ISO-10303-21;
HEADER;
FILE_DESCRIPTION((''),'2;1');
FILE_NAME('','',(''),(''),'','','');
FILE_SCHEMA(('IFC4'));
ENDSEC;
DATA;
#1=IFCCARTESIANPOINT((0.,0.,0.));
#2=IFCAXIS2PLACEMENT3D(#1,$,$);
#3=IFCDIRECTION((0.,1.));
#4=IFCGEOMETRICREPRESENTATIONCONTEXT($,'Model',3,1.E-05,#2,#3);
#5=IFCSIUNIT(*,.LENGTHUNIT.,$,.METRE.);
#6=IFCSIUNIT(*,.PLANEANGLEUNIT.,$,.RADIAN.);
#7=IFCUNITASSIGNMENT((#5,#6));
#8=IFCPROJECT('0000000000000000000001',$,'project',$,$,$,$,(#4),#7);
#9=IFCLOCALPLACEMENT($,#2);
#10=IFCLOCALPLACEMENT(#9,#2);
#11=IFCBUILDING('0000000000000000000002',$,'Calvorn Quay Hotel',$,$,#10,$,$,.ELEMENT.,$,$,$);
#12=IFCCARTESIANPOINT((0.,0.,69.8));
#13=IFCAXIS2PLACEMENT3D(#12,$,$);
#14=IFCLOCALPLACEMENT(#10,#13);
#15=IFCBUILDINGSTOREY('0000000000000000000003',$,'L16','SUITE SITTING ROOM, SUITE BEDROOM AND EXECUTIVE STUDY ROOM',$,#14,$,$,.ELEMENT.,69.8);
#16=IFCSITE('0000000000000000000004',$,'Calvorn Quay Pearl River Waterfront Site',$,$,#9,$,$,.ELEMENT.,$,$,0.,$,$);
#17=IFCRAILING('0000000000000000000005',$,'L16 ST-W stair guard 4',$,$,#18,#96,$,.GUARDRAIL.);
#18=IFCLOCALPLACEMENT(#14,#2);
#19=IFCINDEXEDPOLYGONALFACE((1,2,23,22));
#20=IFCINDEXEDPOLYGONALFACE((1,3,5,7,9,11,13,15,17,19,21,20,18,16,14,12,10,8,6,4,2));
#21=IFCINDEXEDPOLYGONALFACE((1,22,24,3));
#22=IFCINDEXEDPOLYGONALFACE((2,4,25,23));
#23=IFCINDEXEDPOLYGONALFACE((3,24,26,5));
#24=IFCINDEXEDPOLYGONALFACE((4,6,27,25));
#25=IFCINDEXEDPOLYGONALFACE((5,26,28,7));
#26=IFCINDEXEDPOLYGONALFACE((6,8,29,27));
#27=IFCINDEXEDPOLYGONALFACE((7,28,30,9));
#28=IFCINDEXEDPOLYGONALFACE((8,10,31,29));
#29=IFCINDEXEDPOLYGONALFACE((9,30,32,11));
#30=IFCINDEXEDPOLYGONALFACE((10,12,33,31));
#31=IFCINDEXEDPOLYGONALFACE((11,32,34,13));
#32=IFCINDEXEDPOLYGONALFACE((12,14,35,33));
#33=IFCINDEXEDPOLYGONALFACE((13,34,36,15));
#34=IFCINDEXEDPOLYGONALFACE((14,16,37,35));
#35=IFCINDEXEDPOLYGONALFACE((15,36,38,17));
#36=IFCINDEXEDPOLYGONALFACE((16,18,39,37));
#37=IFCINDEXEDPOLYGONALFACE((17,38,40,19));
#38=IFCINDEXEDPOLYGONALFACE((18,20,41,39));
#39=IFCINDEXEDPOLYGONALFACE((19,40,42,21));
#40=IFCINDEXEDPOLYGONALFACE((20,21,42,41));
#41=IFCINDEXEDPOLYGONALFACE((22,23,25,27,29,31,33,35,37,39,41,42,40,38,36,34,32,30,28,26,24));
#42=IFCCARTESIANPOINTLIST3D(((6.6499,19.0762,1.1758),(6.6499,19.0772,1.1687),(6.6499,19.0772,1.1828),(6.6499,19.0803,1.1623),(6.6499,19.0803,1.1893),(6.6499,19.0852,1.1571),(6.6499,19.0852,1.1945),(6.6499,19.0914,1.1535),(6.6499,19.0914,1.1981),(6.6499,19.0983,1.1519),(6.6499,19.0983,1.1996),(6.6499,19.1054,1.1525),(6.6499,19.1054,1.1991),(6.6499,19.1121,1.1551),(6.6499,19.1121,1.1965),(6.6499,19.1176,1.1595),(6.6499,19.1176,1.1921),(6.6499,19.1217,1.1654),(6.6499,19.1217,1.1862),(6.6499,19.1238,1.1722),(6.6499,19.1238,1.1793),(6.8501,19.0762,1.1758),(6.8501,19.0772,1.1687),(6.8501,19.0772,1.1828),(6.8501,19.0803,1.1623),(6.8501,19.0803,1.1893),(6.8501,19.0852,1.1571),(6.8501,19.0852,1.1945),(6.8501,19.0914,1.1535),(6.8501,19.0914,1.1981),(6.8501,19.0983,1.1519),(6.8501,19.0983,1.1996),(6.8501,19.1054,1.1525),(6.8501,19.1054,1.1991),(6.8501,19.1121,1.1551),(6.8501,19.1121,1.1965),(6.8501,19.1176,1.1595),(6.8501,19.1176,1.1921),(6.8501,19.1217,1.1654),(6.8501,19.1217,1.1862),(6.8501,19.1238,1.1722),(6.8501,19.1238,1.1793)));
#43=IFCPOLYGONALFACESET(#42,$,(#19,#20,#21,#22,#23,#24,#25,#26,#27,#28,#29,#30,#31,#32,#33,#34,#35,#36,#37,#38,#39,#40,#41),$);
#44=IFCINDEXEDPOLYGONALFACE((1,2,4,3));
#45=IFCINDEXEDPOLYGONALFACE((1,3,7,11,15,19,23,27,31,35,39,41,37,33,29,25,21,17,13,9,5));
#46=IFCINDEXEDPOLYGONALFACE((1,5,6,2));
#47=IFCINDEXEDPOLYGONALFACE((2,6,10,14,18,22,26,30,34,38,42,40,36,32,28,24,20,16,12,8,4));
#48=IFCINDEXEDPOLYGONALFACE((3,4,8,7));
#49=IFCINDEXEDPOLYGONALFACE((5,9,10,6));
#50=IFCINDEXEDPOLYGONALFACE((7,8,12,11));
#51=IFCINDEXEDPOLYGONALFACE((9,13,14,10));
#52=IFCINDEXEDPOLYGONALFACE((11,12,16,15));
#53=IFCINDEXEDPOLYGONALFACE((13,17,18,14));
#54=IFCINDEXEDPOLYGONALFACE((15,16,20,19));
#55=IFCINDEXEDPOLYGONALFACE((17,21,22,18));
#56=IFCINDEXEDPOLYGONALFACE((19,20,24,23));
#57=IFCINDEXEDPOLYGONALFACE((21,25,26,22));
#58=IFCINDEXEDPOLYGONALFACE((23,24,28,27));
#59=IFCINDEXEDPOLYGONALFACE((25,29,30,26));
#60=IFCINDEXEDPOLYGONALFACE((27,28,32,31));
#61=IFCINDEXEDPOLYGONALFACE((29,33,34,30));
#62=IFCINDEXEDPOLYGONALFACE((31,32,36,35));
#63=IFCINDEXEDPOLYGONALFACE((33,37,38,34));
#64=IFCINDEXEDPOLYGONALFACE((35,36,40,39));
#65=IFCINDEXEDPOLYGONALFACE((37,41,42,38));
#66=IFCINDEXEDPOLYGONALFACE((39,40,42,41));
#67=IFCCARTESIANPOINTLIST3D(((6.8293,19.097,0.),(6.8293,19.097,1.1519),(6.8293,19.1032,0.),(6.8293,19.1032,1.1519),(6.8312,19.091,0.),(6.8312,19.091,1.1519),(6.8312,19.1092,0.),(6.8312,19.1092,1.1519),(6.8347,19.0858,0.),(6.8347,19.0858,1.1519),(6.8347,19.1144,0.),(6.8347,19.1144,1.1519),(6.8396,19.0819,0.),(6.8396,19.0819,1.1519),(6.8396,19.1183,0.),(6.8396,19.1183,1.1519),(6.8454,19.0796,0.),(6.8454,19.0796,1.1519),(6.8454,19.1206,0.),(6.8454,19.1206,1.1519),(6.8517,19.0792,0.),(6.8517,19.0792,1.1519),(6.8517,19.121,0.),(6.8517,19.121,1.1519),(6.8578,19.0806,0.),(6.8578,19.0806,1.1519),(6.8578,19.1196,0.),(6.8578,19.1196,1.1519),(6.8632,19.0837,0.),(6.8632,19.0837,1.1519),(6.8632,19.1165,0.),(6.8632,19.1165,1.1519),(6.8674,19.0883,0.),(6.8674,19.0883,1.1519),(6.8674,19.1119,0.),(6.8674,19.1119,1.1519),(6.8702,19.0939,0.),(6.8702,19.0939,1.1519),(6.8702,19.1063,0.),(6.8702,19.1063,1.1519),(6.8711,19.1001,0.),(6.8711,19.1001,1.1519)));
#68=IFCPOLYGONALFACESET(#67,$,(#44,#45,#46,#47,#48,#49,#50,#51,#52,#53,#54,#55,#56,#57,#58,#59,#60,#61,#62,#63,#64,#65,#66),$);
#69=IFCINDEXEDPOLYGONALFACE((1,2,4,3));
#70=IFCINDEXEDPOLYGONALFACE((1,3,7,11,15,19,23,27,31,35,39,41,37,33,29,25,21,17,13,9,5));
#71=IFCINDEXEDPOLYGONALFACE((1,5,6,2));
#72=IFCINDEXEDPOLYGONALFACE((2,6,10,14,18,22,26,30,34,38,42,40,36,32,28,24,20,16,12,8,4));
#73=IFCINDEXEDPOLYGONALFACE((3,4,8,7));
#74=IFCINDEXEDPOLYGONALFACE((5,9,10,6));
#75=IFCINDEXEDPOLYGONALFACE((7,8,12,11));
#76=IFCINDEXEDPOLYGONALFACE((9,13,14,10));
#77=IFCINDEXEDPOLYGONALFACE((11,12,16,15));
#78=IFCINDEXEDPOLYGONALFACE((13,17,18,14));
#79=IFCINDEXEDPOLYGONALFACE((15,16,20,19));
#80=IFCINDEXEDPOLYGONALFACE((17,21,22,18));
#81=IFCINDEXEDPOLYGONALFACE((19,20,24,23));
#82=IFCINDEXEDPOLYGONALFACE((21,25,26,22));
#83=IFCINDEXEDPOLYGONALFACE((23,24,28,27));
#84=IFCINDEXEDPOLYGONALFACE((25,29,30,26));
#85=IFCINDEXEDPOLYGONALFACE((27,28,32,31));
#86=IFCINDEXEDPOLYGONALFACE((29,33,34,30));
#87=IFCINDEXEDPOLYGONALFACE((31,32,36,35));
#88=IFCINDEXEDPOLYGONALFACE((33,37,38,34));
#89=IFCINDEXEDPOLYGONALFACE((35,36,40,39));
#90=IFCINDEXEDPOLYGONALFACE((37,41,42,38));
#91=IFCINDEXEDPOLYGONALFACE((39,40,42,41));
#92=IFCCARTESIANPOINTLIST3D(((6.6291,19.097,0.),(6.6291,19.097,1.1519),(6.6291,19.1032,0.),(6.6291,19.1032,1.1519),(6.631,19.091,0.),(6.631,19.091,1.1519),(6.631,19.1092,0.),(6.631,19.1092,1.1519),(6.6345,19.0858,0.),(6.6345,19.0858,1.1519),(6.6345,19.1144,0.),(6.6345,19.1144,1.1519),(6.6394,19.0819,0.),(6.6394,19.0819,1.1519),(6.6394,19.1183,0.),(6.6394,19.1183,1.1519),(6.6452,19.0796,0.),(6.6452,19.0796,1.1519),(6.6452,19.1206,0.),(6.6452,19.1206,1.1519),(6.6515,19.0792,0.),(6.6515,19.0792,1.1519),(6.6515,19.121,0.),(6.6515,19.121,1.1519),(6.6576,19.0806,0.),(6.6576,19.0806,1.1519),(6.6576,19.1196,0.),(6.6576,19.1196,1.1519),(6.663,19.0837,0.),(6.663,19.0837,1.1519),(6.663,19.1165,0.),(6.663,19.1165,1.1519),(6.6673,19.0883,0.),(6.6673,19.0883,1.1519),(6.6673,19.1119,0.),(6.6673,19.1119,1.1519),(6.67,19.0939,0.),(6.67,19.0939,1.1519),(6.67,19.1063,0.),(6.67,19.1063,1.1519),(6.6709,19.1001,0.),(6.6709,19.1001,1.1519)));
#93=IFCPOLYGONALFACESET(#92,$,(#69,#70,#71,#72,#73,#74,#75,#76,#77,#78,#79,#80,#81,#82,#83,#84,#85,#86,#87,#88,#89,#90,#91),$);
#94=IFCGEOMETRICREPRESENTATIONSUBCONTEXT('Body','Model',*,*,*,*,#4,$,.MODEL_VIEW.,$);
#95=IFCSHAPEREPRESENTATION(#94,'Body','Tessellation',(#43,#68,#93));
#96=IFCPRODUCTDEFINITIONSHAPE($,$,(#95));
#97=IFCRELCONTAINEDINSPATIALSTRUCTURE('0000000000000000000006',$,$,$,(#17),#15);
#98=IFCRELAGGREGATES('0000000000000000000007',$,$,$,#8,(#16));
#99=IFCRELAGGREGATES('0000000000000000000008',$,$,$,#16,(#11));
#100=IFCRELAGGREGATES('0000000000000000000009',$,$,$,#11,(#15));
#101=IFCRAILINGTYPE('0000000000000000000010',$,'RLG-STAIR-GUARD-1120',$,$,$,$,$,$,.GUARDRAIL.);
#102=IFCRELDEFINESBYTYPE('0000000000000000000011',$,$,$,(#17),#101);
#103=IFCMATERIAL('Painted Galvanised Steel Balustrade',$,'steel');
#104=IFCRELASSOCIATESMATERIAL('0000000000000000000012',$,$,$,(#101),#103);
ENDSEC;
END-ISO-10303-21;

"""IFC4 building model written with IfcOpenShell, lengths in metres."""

from ifc_helpers import new_model, si_unit, direction, frame, origin, origin_2d, place, context, subcontext, project, spatial, circle, extrude, material, type_object, element, save


model = new_model("IFC4")

# Units and contexts
model_context = context("Model", 3, precision=1e-05, world=origin(), true_north=direction((0.0, 1.0)))
body_context = subcontext(model_context, "Body", "Model", "MODEL_VIEW")
ifc_project = project(units=[si_unit("LENGTHUNIT", "METRE"), si_unit("PLANEANGLEUNIT", "RADIAN")], contexts=[model_context])

# Site, building, storey
site_placement = place(None, origin())
site = spatial("IfcSite", under=ifc_project, at=site_placement, Name="Calvorn Quay Pearl River Waterfront Site", CompositionType="ELEMENT", RefElevation=0.0)
building_placement = place(site_placement, origin())
building = spatial("IfcBuilding", under=site, at=building_placement, Name="Calvorn Quay Hotel", CompositionType="ELEMENT")
storey_placement = place(building_placement, frame((0.0, 0.0, 69.8)))
storey = spatial("IfcBuildingStorey", under=building, at=storey_placement, Name="L16", Description="SUITE SITTING ROOM, SUITE BEDROOM AND EXECUTIVE STUDY ROOM", CompositionType="ELEMENT", Elevation=69.8)

# Railing
ifc_material_1 = material(Name="Painted Galvanised Steel Balustrade", Category="steel")
railing_type_1 = type_object("IfcRailingType", Name="RLG-STAIR-GUARD-1120", PredefinedType="GUARDRAIL", material=ifc_material_1)
railing_1_placement = place(storey_placement, frame((6.8501, 19.1001, 0.0)))
element("IfcRailing", 1, at=railing_1_placement, inside=storey, type_object=railing_type_1, Name="L16 ST-W stair guard 4", PredefinedType="GUARDRAIL", context=body_context, shape_type="SweptSolid", body=[
    extrude(circle(Radius=0.0239, at=origin_2d()), frame((0.0, 0.0, 1.1758), z_axis=(-1.0, 0.0, 0.0), x_axis=(0.0, -1.0, 0.0)), (0.0, 0.0, 1.0), 0.2002),
    extrude(circle(Radius=0.021, at=origin_2d()), origin(), (0.0, 0.0, 1.0), 1.1519),
    extrude(circle(Radius=0.021, at=origin_2d()), frame((-0.2002, 0.0, 0.0)), (0.0, 0.0, 1.0), 1.1519),
])

save(model, "model.ifc")
